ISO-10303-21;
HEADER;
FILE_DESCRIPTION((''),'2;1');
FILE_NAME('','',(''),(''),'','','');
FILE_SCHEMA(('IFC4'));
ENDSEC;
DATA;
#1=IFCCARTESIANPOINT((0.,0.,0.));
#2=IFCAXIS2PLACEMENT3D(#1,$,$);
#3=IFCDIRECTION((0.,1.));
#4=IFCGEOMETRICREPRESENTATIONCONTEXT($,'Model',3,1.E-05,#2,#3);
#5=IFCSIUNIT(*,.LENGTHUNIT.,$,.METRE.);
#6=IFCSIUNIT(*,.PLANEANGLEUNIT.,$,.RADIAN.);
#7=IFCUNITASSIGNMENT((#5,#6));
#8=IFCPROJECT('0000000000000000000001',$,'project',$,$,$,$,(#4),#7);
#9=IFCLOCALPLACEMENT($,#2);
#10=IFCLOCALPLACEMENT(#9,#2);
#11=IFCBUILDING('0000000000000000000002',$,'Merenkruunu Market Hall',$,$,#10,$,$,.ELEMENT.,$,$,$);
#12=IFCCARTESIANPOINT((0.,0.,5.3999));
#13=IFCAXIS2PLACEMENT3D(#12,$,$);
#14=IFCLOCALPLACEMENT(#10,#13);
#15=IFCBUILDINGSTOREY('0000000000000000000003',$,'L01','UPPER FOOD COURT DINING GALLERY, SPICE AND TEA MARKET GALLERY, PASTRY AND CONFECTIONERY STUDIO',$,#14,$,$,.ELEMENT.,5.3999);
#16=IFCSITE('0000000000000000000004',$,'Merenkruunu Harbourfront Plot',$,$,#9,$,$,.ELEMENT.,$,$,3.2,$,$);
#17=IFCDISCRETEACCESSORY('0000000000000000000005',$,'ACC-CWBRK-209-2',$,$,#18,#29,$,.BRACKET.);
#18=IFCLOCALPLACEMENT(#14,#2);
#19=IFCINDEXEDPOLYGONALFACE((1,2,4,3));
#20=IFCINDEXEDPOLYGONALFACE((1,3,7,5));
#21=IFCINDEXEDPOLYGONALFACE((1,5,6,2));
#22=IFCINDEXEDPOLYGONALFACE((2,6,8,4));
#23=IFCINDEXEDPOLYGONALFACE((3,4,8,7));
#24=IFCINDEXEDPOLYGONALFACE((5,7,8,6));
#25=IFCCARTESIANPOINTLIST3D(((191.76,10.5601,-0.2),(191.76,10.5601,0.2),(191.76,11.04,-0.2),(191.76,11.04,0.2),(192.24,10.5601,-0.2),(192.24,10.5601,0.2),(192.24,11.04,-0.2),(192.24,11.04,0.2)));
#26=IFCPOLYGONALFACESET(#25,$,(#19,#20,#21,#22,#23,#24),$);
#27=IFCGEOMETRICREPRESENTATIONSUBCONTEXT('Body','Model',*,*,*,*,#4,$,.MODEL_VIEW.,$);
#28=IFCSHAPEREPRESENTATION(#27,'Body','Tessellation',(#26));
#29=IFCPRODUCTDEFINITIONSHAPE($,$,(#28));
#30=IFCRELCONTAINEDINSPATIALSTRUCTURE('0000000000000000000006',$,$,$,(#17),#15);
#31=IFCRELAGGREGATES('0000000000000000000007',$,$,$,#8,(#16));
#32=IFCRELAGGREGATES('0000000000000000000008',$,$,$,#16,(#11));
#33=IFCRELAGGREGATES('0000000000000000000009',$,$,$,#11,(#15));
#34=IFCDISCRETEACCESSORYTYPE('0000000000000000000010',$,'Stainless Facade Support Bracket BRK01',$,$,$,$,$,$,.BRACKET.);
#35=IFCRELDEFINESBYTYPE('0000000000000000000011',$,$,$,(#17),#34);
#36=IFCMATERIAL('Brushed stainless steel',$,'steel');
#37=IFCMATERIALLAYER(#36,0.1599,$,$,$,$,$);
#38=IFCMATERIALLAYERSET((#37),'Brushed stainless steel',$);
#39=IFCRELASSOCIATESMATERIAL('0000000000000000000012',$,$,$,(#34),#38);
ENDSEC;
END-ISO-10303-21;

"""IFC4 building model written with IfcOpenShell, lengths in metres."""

from ifc_helpers import new_model, si_unit, direction, frame, origin, origin_2d, place, context, subcontext, project, spatial, rectangle, extrude, material, layer, layer_set, type_object, element, save


model = new_model("IFC4")

# Units and contexts
model_context = context("Model", 3, precision=1e-05, world=origin(), true_north=direction((0.0, 1.0)))
body_context = subcontext(model_context, "Body", "Model", "MODEL_VIEW")
ifc_project = project(units=[si_unit("LENGTHUNIT", "METRE"), si_unit("PLANEANGLEUNIT", "RADIAN")], contexts=[model_context])

# Site, building, storey
site_placement = place(None, origin())
site = spatial("IfcSite", under=ifc_project, at=site_placement, Name="Merenkruunu Harbourfront Plot", CompositionType="ELEMENT", RefElevation=3.2)
building_placement = place(site_placement, origin())
building = spatial("IfcBuilding", under=site, at=building_placement, Name="Merenkruunu Market Hall", CompositionType="ELEMENT")
storey_placement = place(building_placement, frame((0.0, 0.0, 5.3999)))
storey = spatial("IfcBuildingStorey", under=building, at=storey_placement, Name="L01", Description="UPPER FOOD COURT DINING GALLERY, SPICE AND TEA MARKET GALLERY, PASTRY AND CONFECTIONERY STUDIO", CompositionType="ELEMENT", Elevation=5.3999)

# Shared definitions
ifc_material_1 = material(Name="Brushed stainless steel", Category="steel")

# Discrete accessory
ifc_layer_1 = layer(ifc_material_1, 0.1599)
ifc_layer_set_1 = layer_set([ifc_layer_1], Name="Brushed stainless steel")
discrete_accessory_type = type_object("IfcDiscreteAccessoryType", Name="Stainless Facade Support Bracket BRK01", PredefinedType="BRACKET", material=ifc_layer_set_1)
for number, where, z_axis, x_axis, name in (
    (1, (192.0, 10.8, -0.2), (0.0, 0.0, 1.0), (1.0, 0.0, 0.0), "ACC-CWBRK-209-2"),
):
    element("IfcDiscreteAccessory", number, at=place(storey_placement, frame(where, z_axis=z_axis, x_axis=x_axis)), inside=storey, type_object=discrete_accessory_type, Name=name, PredefinedType="BRACKET", context=body_context, shape_type="SweptSolid", body=[
        extrude(rectangle(XDim=0.48, YDim=0.48, at=origin_2d()), origin(), (0.0, 0.0, 1.0), 0.3999),
    ])

save(model, "model.ifc")
